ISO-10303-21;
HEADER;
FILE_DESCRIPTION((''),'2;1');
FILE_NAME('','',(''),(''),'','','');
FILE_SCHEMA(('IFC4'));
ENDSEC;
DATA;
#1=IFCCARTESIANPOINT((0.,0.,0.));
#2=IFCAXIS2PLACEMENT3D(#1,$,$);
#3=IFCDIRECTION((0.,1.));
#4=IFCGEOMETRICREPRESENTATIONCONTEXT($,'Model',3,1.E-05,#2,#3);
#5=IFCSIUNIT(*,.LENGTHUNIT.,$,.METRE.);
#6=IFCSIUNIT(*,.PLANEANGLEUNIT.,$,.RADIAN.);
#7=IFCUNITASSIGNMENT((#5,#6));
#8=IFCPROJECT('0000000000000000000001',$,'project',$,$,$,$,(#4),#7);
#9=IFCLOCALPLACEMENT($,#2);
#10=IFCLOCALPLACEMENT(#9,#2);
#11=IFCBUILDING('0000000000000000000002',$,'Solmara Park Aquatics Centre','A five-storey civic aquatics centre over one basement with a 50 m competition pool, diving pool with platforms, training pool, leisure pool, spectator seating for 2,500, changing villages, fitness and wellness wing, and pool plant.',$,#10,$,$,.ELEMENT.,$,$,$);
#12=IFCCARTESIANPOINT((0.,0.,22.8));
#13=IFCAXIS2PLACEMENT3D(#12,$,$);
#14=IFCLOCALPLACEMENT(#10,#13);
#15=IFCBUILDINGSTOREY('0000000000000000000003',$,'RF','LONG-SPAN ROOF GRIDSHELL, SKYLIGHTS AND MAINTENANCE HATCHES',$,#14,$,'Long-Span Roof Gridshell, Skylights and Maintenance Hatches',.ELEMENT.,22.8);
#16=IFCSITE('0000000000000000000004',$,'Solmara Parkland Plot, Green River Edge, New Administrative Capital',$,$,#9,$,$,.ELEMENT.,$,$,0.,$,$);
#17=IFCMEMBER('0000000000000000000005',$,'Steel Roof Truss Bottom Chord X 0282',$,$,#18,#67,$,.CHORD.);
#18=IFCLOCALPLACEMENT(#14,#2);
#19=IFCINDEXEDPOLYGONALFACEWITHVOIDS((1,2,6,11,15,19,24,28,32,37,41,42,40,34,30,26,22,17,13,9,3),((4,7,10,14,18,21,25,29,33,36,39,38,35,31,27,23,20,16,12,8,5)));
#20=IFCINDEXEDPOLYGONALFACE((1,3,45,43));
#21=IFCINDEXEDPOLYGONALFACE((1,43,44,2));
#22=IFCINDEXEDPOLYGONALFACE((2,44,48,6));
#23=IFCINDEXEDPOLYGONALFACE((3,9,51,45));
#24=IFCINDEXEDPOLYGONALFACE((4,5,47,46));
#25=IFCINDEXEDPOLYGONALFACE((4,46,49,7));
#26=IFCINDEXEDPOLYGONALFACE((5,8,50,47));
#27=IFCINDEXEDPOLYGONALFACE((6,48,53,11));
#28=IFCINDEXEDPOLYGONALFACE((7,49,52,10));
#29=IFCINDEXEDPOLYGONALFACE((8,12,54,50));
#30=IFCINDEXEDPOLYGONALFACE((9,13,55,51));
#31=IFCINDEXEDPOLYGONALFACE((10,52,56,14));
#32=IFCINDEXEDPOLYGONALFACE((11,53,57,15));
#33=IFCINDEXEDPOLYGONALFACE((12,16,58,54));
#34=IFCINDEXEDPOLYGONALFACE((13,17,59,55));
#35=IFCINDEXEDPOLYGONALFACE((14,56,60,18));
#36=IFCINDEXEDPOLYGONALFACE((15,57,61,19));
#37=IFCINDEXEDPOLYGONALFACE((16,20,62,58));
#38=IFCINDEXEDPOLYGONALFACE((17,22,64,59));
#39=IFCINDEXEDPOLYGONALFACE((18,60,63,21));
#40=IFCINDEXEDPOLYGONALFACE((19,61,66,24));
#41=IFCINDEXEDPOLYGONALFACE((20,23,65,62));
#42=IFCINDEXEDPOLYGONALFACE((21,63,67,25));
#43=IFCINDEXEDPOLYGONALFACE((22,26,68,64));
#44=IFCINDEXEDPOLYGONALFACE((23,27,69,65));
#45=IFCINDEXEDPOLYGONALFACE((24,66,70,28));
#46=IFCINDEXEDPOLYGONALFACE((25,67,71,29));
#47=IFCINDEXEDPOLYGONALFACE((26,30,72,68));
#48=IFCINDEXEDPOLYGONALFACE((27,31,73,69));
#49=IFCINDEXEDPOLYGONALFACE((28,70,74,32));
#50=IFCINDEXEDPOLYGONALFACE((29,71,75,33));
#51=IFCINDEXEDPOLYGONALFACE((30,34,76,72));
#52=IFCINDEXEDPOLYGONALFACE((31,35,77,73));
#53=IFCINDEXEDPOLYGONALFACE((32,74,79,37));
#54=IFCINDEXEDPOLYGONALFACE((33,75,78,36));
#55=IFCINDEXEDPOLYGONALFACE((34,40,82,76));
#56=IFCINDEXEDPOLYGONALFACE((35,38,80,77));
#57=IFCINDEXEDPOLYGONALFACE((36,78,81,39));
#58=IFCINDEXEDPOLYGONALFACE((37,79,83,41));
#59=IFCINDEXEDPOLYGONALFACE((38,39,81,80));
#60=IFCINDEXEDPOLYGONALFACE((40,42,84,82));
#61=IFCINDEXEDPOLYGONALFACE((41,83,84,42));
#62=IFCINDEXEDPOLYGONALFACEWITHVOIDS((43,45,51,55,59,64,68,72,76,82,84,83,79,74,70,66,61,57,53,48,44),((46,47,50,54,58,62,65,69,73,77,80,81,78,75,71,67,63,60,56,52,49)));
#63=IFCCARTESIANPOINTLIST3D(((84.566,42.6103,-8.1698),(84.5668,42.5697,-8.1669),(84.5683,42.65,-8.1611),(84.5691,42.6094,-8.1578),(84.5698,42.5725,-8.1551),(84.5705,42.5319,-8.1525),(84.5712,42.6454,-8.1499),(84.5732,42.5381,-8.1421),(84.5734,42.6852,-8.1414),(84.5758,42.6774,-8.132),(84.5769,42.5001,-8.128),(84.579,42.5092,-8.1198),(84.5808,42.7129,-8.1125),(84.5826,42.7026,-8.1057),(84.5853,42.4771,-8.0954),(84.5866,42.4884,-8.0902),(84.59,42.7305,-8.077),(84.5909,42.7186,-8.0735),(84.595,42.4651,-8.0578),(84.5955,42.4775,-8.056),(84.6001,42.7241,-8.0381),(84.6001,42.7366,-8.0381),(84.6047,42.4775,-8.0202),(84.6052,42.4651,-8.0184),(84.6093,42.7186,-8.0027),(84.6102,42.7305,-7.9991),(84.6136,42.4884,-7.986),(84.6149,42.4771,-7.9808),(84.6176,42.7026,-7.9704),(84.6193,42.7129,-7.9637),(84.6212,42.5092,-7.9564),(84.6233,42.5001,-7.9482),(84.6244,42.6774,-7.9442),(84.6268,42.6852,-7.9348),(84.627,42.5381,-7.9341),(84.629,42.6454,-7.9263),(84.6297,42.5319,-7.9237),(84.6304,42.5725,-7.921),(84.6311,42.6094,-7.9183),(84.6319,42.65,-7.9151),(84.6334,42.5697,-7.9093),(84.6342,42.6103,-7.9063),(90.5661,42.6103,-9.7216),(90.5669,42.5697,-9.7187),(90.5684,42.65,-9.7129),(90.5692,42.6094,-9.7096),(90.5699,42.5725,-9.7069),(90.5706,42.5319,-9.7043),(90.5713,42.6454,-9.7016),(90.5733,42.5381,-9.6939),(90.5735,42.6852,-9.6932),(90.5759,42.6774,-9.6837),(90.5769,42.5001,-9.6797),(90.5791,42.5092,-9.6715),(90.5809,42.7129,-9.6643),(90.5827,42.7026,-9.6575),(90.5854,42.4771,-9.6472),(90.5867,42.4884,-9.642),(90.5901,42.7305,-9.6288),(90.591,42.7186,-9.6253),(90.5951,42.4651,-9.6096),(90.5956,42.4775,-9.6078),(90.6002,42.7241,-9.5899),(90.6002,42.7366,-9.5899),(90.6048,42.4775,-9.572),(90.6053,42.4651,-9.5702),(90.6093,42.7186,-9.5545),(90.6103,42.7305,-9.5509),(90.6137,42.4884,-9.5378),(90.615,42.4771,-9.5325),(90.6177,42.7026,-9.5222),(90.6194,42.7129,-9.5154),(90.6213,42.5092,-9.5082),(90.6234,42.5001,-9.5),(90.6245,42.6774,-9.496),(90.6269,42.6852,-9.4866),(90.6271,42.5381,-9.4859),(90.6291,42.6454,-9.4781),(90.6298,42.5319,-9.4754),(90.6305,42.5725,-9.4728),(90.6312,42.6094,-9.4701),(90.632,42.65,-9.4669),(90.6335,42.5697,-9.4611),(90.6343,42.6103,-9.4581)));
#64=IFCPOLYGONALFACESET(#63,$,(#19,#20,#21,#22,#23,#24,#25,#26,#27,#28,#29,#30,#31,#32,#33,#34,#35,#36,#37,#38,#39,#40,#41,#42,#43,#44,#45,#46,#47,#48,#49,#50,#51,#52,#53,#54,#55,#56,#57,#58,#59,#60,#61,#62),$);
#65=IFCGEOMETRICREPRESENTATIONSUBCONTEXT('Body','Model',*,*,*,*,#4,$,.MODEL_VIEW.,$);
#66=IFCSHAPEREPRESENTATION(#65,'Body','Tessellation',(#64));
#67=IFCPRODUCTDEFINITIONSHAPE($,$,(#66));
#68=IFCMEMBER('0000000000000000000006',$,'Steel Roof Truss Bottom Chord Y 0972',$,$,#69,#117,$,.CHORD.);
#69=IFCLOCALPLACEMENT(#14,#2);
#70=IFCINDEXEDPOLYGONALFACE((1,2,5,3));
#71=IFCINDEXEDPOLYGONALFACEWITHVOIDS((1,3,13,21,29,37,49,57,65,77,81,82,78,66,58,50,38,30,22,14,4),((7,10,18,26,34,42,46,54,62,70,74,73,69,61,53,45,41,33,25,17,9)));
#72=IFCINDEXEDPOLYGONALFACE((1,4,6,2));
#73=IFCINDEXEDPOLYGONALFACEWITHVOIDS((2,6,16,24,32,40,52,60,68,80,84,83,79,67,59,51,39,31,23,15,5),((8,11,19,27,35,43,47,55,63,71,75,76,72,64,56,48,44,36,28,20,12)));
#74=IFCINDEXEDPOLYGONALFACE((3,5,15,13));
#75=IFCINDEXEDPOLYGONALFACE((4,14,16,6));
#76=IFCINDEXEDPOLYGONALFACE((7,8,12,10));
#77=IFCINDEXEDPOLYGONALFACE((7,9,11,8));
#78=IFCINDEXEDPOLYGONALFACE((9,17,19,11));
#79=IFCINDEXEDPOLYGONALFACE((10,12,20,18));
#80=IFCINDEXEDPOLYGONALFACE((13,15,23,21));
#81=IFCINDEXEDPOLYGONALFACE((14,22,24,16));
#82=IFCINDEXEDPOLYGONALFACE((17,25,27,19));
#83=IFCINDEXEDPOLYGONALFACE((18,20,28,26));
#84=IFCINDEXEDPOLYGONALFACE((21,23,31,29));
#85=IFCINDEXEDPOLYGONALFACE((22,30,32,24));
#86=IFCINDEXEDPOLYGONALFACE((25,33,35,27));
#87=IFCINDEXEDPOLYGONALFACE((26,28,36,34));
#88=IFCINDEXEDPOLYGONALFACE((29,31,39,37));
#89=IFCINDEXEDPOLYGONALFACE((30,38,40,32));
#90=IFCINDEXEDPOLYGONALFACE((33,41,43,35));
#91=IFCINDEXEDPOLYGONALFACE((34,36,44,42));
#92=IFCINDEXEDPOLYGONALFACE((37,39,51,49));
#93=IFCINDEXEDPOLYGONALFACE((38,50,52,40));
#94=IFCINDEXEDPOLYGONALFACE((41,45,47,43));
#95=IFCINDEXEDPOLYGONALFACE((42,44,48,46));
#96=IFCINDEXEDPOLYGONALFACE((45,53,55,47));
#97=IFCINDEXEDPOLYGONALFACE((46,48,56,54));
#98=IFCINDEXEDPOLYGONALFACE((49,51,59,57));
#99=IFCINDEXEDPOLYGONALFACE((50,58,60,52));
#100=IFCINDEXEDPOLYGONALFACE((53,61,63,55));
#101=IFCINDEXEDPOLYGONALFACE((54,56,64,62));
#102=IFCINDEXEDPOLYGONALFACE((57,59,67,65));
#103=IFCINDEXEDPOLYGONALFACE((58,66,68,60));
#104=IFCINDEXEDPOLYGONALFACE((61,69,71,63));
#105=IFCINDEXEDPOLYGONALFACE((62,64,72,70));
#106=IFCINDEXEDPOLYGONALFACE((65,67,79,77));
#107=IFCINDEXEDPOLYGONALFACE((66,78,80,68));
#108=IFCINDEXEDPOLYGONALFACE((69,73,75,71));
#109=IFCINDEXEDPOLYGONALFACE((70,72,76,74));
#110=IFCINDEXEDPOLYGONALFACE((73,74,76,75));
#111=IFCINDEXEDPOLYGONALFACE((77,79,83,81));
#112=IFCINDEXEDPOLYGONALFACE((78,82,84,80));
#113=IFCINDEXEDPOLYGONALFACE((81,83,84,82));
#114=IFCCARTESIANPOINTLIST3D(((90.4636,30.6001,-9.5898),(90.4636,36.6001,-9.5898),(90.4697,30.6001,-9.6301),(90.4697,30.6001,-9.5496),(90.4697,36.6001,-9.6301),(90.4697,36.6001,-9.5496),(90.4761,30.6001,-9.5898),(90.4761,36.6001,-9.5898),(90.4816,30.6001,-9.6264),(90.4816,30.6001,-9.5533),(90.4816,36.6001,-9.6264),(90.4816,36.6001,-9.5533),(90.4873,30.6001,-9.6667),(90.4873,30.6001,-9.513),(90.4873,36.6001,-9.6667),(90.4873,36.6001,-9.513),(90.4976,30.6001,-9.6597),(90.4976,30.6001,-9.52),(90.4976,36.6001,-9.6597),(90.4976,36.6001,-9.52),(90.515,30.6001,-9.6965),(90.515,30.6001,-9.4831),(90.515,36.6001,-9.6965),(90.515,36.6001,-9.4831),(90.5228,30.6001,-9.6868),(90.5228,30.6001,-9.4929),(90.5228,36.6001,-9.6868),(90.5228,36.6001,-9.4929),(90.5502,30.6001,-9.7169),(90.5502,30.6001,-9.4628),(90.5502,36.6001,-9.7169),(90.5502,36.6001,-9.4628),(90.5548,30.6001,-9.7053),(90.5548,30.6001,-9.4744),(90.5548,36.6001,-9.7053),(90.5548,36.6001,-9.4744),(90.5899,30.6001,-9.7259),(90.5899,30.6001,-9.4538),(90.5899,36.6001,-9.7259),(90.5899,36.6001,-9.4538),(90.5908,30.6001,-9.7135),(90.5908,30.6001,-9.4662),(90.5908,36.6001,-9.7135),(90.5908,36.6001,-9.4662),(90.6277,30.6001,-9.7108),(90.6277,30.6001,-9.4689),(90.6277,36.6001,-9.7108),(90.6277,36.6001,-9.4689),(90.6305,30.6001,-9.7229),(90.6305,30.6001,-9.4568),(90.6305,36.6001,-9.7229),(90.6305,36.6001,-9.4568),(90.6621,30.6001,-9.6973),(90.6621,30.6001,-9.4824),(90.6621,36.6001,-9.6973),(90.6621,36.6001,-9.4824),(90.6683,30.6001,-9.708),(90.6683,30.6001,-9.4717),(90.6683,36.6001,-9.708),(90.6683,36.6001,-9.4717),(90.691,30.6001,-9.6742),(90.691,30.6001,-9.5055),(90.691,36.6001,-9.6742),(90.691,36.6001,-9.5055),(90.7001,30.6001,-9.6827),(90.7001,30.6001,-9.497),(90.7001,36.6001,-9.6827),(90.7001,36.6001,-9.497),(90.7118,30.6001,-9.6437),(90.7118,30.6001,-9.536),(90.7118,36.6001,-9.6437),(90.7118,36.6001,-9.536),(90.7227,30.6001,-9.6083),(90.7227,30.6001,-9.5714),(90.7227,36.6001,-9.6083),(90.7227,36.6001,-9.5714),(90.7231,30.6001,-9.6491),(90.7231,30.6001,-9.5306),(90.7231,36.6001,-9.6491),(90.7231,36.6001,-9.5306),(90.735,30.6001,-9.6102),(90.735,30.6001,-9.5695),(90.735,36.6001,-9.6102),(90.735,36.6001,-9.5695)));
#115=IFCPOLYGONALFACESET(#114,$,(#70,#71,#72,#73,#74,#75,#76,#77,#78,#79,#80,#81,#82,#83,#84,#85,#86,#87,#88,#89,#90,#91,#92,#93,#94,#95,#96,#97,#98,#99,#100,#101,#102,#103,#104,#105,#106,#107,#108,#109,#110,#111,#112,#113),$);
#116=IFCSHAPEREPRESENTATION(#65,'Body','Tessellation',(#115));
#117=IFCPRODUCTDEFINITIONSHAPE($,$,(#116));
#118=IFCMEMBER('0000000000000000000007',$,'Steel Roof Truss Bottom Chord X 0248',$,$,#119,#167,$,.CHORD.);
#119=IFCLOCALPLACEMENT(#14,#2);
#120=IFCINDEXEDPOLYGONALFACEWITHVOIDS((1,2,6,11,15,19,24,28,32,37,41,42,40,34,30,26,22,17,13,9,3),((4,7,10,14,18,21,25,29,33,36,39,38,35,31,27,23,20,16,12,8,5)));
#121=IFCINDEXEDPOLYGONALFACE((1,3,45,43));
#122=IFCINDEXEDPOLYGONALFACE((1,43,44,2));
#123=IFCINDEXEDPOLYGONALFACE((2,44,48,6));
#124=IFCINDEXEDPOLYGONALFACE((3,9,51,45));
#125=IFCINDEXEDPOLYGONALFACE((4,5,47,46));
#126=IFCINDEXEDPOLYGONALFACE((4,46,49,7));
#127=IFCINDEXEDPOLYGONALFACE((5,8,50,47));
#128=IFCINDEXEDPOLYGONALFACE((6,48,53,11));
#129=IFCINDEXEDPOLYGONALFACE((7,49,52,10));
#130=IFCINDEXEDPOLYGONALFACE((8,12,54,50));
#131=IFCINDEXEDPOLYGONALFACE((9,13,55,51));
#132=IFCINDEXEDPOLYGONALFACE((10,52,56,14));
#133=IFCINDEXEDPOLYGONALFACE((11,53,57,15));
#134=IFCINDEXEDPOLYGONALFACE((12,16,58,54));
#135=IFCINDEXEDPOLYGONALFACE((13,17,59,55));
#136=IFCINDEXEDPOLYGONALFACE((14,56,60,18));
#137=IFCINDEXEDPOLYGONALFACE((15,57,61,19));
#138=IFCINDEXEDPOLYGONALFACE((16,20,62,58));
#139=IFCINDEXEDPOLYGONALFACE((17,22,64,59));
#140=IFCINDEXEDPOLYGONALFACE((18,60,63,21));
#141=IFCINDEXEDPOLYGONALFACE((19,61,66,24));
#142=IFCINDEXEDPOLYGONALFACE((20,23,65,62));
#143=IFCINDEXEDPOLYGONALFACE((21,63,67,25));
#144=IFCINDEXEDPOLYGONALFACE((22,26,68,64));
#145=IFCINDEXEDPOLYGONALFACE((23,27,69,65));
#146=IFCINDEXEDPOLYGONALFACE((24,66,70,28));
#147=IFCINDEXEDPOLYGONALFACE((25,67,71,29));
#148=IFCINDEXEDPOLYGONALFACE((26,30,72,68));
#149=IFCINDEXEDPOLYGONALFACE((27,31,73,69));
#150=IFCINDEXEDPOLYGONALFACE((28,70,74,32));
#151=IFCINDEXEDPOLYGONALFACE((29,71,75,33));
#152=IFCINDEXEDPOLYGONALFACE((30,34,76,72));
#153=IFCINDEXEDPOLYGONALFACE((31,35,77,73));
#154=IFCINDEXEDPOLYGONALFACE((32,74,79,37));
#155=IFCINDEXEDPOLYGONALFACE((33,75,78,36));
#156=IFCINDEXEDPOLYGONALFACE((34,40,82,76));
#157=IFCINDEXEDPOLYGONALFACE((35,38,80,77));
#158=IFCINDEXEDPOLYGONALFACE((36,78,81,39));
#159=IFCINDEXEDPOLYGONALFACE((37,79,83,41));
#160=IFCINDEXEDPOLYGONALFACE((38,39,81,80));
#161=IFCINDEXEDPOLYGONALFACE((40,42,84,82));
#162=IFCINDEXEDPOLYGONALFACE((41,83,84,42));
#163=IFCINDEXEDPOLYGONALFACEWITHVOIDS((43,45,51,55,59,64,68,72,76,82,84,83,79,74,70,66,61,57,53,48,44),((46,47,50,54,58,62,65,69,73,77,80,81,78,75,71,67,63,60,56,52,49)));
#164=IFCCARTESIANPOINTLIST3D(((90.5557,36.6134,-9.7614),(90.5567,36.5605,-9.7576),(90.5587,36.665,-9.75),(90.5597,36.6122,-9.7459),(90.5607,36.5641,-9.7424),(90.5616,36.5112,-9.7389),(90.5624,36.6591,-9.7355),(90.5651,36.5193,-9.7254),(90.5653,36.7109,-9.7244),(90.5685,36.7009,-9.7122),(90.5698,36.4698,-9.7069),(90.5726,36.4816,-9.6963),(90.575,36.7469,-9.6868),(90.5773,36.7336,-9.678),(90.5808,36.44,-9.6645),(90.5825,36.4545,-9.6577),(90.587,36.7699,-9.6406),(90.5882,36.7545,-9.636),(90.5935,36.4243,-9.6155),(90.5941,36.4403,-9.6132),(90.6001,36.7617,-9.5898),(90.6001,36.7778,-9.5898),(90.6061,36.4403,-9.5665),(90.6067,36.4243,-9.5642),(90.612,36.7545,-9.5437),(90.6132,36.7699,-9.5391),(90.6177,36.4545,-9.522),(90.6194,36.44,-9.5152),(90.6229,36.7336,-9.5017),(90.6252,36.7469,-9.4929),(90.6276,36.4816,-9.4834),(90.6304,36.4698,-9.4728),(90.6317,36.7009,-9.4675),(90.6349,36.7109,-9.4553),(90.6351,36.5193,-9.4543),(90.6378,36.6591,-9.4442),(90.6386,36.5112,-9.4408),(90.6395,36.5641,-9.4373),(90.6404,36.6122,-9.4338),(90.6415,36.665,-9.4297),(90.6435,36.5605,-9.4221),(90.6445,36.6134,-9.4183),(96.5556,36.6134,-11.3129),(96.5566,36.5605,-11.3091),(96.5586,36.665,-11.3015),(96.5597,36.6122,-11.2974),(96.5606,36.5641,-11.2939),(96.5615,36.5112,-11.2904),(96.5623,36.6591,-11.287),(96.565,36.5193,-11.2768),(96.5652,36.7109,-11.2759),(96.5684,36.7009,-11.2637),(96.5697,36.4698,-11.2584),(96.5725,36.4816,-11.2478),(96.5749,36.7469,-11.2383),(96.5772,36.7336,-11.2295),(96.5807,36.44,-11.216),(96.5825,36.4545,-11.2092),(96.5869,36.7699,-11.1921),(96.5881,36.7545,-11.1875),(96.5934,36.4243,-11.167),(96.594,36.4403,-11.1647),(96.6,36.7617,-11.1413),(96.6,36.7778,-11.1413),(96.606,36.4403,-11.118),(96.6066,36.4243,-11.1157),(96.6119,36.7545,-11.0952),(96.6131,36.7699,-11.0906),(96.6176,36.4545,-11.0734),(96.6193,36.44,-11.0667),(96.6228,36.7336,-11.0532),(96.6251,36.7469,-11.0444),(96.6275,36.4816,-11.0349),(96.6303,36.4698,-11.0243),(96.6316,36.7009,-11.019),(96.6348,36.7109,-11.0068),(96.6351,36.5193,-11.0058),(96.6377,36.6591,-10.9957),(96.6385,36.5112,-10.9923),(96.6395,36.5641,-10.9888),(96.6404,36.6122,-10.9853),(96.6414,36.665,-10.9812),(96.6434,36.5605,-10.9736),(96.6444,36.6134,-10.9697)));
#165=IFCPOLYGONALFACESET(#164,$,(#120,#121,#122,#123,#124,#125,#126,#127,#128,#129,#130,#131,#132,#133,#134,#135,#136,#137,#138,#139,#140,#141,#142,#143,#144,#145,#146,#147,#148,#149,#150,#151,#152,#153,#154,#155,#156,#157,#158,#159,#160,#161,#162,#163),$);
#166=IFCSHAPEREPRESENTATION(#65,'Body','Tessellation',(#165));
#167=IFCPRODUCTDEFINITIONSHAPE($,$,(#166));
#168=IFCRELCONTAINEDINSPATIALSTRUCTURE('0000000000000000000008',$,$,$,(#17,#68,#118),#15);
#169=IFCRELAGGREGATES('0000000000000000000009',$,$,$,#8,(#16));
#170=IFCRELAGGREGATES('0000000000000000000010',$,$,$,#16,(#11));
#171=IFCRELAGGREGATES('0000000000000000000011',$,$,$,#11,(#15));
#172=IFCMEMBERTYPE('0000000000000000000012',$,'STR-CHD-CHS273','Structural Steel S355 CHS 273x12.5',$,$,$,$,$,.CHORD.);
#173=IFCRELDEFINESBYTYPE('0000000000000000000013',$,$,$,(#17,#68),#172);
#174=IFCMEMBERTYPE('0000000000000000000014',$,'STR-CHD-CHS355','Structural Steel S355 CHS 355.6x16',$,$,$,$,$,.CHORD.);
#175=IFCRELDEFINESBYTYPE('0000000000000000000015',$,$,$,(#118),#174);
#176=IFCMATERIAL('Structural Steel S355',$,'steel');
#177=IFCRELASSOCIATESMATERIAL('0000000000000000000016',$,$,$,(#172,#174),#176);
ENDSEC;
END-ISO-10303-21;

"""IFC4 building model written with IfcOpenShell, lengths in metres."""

from ifc_helpers import new_model, si_unit, direction, frame, origin, origin_2d, place, context, subcontext, project, spatial, hollow_circle, extrude, material, material_profile, profile_set, type_object, element, save


model = new_model("IFC4")

# Units and contexts
model_context = context("Model", 3, precision=1e-05, world=origin(), true_north=direction((0.0, 1.0)))
body_context = subcontext(model_context, "Body", "Model", "MODEL_VIEW")
ifc_project = project(units=[si_unit("LENGTHUNIT", "METRE"), si_unit("PLANEANGLEUNIT", "RADIAN")], contexts=[model_context])

# Site, building, storey
site_placement = place(None, origin())
site = spatial("IfcSite", under=ifc_project, at=site_placement, Name="Solmara Parkland Plot, Green River Edge, New Administrative Capital", CompositionType="ELEMENT", RefElevation=0.0)
building_placement = place(site_placement, origin())
building = spatial("IfcBuilding", under=site, at=building_placement, Name="Solmara Park Aquatics Centre", Description="A five-storey civic aquatics centre over one basement with a 50 m competition pool, diving pool with platforms, training pool, leisure pool, spectator seating for 2,500, changing villages, fitness and wellness wing, and pool plant.", CompositionType="ELEMENT")
storey_placement = place(building_placement, frame((0.0, 0.0, 22.8)))
storey = spatial("IfcBuildingStorey", under=building, at=storey_placement, Name="RF", Description="LONG-SPAN ROOF GRIDSHELL, SKYLIGHTS AND MAINTENANCE HATCHES", LongName="Long-Span Roof Gridshell, Skylights and Maintenance Hatches", CompositionType="ELEMENT", Elevation=22.8)

# Members
ifc_material_1 = material(Name="Structural Steel S355", Category="steel")
ifc_material_profile_1 = material_profile(ifc_material_1, hollow_circle(Radius=0.1365, WallThickness=0.0125, at=origin_2d()), Name="CHS 273x12.5")
ifc_profile_set_1 = profile_set([ifc_material_profile_1], Name="Structural Steel S355")
member_type_1 = type_object("IfcMemberType", Name="STR-CHD-CHS273", Description="Structural Steel S355 CHS 273x12.5", PredefinedType="CHORD", material=ifc_profile_set_1)
member_1_placement = place(storey_placement, frame((84.6001, 42.6001, -8.0381), z_axis=(0.968146, 0.0, -0.250388), x_axis=(0.0, 1.0, 0.0)))
element("IfcMember", 1, at=member_1_placement, inside=storey, type_object=member_type_1, Name="Steel Roof Truss Bottom Chord X 0282", PredefinedType="CHORD", context=body_context, shape_type="SweptSolid", body=[
    extrude(hollow_circle(Radius=0.1365, WallThickness=0.0125, at=origin_2d()), origin(), (0.0, 0.0, 1.0), 6.1975),
])
member_2_placement = place(storey_placement, frame((90.6001, 30.6001, -9.5898), z_axis=(0.0, 1.0, 0.0), x_axis=(-1.0, 0.0, 0.0)))
element("IfcMember", 2, at=member_2_placement, inside=storey, type_object=member_type_1, Name="Steel Roof Truss Bottom Chord Y 0972", PredefinedType="CHORD", context=body_context, shape_type="SweptSolid", body=[
    extrude(hollow_circle(Radius=0.1365, WallThickness=0.0125, at=origin_2d()), origin(), (0.0, 0.0, 1.0), 6.0),
])
ifc_material_profile_2 = material_profile(ifc_material_1, hollow_circle(Radius=0.1777, WallThickness=0.0161, at=origin_2d()), Name="CHS 355.6x16")
ifc_profile_set_2 = profile_set([ifc_material_profile_2], Name="Structural Steel S355")
member_type_2 = type_object("IfcMemberType", Name="STR-CHD-CHS355", Description="Structural Steel S355 CHS 355.6x16", PredefinedType="CHORD", material=ifc_profile_set_2)
member_3_placement = place(storey_placement, frame((90.6001, 36.6001, -9.5898), z_axis=(0.968155, 0.0, -0.250351), x_axis=(0.0, 1.0, 0.0)))
element("IfcMember", 3, at=member_3_placement, inside=storey, type_object=member_type_2, Name="Steel Roof Truss Bottom Chord X 0248", PredefinedType="CHORD", context=body_context, shape_type="SweptSolid", body=[
    extrude(hollow_circle(Radius=0.1777, WallThickness=0.0161, at=origin_2d()), origin(), (0.0, 0.0, 1.0), 6.1973),
])

save(model, "model.ifc")
